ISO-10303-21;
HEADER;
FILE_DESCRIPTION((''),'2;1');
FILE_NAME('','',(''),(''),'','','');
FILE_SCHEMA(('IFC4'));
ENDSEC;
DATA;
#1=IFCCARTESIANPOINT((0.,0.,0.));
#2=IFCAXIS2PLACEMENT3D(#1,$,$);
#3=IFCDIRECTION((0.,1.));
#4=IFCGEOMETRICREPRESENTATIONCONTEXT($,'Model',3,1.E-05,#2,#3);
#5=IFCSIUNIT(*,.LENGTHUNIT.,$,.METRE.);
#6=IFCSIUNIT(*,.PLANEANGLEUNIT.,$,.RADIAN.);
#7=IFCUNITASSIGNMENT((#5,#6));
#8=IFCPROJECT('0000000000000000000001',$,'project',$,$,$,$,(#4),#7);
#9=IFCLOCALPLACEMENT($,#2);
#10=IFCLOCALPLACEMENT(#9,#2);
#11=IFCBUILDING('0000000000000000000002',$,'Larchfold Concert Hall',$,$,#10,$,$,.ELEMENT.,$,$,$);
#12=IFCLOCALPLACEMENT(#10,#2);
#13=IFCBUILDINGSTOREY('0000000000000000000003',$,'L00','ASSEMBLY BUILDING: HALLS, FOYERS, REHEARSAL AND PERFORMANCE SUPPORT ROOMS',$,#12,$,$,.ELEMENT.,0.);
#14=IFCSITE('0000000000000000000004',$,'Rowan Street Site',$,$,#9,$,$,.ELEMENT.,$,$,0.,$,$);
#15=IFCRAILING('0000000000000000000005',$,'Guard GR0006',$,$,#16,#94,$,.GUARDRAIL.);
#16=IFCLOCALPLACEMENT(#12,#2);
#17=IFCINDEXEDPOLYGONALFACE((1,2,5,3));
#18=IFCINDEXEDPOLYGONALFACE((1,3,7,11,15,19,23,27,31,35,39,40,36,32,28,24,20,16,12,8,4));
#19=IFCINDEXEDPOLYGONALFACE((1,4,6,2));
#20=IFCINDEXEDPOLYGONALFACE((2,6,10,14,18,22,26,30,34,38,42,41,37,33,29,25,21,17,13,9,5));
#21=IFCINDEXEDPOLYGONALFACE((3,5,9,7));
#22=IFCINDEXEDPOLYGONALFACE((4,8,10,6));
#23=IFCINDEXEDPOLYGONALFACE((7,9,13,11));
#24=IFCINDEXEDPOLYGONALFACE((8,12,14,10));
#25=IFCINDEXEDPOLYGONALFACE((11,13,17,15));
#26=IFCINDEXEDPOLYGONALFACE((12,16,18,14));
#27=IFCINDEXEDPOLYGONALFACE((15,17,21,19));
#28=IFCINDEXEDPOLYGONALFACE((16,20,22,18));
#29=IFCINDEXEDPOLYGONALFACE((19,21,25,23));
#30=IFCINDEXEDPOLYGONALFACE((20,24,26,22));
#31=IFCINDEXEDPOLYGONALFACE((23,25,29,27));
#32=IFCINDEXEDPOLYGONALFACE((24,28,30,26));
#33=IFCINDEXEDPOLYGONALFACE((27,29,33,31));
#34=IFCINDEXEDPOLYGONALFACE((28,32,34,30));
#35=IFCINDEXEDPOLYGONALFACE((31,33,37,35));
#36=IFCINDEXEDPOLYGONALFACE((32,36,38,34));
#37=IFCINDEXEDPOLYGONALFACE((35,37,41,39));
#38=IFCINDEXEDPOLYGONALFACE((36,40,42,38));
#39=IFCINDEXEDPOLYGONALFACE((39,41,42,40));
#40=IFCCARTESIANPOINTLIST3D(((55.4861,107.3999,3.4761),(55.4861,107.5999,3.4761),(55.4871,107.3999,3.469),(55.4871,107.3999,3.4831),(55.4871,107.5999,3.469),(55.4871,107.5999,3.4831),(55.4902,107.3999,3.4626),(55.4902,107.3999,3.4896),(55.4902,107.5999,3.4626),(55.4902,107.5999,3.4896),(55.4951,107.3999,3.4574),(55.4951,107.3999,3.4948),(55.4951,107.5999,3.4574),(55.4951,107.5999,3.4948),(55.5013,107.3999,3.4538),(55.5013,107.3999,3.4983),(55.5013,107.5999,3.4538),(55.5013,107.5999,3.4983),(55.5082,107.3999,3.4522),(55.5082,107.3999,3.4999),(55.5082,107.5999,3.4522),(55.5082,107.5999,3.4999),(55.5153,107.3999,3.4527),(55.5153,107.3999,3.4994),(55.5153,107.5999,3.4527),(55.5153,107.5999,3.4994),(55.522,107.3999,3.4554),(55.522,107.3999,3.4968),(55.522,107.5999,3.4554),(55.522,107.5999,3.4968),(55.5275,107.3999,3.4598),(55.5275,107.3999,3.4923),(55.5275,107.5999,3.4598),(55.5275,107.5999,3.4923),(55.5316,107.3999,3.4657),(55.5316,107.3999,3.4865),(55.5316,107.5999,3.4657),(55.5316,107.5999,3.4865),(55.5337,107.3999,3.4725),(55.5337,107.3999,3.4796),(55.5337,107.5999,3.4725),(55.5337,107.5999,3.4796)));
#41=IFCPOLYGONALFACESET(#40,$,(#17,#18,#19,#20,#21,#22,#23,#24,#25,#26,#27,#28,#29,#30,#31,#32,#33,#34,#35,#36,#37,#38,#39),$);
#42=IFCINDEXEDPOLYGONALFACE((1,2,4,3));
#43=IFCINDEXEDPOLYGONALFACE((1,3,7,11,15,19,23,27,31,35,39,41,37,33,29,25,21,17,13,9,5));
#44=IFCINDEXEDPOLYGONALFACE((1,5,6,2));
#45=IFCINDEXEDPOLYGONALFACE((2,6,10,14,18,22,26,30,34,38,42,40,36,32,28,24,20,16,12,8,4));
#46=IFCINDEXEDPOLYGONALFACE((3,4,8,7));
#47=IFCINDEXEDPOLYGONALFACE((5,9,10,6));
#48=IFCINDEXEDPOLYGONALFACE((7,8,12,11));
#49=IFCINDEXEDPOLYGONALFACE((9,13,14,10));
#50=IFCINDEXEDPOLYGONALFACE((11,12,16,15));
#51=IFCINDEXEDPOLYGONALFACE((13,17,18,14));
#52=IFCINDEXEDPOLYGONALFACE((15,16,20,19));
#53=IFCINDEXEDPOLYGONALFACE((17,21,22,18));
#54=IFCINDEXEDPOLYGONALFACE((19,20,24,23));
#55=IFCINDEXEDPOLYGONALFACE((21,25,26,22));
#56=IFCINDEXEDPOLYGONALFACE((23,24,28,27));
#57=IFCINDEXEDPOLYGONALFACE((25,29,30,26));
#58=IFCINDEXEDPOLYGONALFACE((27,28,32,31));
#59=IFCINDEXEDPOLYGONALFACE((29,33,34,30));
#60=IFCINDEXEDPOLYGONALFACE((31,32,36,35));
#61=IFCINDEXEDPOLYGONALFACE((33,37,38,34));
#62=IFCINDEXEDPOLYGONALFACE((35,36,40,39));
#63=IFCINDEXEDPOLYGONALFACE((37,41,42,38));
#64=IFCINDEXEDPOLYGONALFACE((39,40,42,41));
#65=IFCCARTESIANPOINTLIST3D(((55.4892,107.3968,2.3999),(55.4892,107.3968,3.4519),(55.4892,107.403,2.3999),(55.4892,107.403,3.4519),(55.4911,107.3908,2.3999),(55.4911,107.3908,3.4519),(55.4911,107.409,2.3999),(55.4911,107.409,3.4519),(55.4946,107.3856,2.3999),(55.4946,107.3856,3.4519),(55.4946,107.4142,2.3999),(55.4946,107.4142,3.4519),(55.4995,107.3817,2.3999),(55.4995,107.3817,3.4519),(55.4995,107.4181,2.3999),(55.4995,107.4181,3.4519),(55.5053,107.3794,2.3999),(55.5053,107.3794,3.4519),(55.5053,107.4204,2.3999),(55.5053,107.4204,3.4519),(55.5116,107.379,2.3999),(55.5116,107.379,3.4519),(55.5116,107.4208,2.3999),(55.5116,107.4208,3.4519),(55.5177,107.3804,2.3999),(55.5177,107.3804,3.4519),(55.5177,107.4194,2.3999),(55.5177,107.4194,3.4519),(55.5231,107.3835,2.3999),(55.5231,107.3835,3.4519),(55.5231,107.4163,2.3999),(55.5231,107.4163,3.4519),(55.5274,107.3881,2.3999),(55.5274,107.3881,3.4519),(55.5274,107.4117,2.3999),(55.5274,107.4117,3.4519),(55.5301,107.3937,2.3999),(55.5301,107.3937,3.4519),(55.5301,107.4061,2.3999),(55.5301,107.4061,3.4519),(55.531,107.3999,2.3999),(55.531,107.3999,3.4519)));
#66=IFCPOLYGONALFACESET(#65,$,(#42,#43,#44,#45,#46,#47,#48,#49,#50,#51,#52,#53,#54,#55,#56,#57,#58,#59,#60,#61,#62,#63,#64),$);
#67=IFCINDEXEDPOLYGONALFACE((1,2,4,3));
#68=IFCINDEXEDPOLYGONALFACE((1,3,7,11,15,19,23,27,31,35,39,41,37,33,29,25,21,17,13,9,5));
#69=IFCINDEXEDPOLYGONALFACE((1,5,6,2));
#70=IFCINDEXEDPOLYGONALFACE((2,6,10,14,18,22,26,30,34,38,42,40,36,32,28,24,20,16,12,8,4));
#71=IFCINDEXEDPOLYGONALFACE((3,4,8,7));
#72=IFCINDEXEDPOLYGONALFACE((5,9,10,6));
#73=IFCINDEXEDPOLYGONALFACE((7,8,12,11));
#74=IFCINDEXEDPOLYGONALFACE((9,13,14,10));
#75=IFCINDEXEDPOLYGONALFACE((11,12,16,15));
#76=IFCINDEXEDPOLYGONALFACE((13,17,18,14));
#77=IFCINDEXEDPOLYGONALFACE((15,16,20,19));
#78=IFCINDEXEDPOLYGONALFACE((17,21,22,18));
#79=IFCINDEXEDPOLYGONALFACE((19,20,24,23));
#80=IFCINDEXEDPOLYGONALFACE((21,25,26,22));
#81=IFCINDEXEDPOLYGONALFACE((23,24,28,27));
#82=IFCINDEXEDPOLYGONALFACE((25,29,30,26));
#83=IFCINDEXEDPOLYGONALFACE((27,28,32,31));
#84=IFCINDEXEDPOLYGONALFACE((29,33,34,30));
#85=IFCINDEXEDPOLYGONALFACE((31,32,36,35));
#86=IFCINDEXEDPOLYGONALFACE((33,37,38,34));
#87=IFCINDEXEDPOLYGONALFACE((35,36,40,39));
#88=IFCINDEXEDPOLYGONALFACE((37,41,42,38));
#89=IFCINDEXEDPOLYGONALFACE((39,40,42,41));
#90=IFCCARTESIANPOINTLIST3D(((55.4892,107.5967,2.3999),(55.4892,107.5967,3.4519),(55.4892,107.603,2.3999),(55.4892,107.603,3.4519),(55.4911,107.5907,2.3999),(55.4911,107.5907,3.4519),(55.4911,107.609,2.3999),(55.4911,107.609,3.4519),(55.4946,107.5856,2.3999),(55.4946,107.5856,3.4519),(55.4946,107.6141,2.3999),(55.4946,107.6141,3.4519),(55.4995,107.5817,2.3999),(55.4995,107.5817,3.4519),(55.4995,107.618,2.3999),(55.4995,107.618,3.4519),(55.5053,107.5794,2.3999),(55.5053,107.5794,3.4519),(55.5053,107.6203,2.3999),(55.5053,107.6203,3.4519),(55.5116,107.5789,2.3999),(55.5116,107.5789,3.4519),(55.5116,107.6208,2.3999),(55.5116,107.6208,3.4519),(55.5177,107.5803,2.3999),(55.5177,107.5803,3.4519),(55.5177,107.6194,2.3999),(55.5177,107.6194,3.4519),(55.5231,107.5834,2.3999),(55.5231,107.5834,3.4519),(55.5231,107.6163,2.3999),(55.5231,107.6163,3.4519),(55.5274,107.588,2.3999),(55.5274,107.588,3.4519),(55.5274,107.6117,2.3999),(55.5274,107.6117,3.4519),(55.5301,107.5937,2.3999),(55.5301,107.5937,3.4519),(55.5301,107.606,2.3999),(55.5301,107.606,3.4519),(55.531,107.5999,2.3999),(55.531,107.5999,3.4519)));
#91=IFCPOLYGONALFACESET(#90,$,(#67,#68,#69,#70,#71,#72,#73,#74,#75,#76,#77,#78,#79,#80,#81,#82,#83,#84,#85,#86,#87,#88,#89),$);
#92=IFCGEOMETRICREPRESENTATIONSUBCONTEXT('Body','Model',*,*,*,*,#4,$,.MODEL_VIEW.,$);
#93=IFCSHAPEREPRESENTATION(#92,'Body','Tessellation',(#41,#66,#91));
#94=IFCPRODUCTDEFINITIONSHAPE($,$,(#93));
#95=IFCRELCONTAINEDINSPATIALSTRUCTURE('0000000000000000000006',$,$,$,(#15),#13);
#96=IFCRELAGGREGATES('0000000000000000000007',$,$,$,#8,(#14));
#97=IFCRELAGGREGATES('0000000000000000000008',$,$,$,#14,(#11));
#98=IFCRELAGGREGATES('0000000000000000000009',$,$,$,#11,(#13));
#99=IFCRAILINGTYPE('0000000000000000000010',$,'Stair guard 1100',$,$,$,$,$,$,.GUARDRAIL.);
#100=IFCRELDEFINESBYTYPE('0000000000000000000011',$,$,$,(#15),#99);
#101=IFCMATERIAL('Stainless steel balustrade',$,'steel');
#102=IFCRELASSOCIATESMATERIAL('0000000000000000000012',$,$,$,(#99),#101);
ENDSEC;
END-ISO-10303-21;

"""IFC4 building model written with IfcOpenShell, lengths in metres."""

from ifc_helpers import new_model, si_unit, direction, frame, origin, origin_2d, place, context, subcontext, project, spatial, circle, extrude, material, type_object, element, save


model = new_model("IFC4")

# Units and contexts
model_context = context("Model", 3, precision=1e-05, world=origin(), true_north=direction((0.0, 1.0)))
body_context = subcontext(model_context, "Body", "Model", "MODEL_VIEW")
ifc_project = project(units=[si_unit("LENGTHUNIT", "METRE"), si_unit("PLANEANGLEUNIT", "RADIAN")], contexts=[model_context])

# Site, building, storey
site_placement = place(None, origin())
site = spatial("IfcSite", under=ifc_project, at=site_placement, Name="Rowan Street Site", CompositionType="ELEMENT", RefElevation=0.0)
building_placement = place(site_placement, origin())
building = spatial("IfcBuilding", under=site, at=building_placement, Name="Larchfold Concert Hall", CompositionType="ELEMENT")
storey_placement = place(building_placement, origin())
storey = spatial("IfcBuildingStorey", under=building, at=storey_placement, Name="L00", Description="ASSEMBLY BUILDING: HALLS, FOYERS, REHEARSAL AND PERFORMANCE SUPPORT ROOMS", CompositionType="ELEMENT", Elevation=0.0)

# Railing
ifc_material_1 = material(Name="Stainless steel balustrade", Category="steel")
railing_type_1 = type_object("IfcRailingType", Name="Stair guard 1100", PredefinedType="GUARDRAIL", material=ifc_material_1)
railing_1_placement = place(storey_placement, frame((55.51, 107.3999, 2.3999)))
element("IfcRailing", 1, at=railing_1_placement, inside=storey, type_object=railing_type_1, Name="Guard GR0006", PredefinedType="GUARDRAIL", context=body_context, shape_type="SweptSolid", body=[
    extrude(circle(Radius=0.0239, at=origin_2d()), frame((0.0, 0.0, 1.0762), z_axis=(0.0, 1.0, 0.0), x_axis=(-1.0, 0.0, 0.0)), (0.0, 0.0, 1.0), 0.2),
    extrude(circle(Radius=0.021, at=origin_2d()), origin(), (0.0, 0.0, 1.0), 1.052),
    extrude(circle(Radius=0.021, at=origin_2d()), frame((0.0, 0.2, 0.0)), (0.0, 0.0, 1.0), 1.052),
])

save(model, "model.ifc")
